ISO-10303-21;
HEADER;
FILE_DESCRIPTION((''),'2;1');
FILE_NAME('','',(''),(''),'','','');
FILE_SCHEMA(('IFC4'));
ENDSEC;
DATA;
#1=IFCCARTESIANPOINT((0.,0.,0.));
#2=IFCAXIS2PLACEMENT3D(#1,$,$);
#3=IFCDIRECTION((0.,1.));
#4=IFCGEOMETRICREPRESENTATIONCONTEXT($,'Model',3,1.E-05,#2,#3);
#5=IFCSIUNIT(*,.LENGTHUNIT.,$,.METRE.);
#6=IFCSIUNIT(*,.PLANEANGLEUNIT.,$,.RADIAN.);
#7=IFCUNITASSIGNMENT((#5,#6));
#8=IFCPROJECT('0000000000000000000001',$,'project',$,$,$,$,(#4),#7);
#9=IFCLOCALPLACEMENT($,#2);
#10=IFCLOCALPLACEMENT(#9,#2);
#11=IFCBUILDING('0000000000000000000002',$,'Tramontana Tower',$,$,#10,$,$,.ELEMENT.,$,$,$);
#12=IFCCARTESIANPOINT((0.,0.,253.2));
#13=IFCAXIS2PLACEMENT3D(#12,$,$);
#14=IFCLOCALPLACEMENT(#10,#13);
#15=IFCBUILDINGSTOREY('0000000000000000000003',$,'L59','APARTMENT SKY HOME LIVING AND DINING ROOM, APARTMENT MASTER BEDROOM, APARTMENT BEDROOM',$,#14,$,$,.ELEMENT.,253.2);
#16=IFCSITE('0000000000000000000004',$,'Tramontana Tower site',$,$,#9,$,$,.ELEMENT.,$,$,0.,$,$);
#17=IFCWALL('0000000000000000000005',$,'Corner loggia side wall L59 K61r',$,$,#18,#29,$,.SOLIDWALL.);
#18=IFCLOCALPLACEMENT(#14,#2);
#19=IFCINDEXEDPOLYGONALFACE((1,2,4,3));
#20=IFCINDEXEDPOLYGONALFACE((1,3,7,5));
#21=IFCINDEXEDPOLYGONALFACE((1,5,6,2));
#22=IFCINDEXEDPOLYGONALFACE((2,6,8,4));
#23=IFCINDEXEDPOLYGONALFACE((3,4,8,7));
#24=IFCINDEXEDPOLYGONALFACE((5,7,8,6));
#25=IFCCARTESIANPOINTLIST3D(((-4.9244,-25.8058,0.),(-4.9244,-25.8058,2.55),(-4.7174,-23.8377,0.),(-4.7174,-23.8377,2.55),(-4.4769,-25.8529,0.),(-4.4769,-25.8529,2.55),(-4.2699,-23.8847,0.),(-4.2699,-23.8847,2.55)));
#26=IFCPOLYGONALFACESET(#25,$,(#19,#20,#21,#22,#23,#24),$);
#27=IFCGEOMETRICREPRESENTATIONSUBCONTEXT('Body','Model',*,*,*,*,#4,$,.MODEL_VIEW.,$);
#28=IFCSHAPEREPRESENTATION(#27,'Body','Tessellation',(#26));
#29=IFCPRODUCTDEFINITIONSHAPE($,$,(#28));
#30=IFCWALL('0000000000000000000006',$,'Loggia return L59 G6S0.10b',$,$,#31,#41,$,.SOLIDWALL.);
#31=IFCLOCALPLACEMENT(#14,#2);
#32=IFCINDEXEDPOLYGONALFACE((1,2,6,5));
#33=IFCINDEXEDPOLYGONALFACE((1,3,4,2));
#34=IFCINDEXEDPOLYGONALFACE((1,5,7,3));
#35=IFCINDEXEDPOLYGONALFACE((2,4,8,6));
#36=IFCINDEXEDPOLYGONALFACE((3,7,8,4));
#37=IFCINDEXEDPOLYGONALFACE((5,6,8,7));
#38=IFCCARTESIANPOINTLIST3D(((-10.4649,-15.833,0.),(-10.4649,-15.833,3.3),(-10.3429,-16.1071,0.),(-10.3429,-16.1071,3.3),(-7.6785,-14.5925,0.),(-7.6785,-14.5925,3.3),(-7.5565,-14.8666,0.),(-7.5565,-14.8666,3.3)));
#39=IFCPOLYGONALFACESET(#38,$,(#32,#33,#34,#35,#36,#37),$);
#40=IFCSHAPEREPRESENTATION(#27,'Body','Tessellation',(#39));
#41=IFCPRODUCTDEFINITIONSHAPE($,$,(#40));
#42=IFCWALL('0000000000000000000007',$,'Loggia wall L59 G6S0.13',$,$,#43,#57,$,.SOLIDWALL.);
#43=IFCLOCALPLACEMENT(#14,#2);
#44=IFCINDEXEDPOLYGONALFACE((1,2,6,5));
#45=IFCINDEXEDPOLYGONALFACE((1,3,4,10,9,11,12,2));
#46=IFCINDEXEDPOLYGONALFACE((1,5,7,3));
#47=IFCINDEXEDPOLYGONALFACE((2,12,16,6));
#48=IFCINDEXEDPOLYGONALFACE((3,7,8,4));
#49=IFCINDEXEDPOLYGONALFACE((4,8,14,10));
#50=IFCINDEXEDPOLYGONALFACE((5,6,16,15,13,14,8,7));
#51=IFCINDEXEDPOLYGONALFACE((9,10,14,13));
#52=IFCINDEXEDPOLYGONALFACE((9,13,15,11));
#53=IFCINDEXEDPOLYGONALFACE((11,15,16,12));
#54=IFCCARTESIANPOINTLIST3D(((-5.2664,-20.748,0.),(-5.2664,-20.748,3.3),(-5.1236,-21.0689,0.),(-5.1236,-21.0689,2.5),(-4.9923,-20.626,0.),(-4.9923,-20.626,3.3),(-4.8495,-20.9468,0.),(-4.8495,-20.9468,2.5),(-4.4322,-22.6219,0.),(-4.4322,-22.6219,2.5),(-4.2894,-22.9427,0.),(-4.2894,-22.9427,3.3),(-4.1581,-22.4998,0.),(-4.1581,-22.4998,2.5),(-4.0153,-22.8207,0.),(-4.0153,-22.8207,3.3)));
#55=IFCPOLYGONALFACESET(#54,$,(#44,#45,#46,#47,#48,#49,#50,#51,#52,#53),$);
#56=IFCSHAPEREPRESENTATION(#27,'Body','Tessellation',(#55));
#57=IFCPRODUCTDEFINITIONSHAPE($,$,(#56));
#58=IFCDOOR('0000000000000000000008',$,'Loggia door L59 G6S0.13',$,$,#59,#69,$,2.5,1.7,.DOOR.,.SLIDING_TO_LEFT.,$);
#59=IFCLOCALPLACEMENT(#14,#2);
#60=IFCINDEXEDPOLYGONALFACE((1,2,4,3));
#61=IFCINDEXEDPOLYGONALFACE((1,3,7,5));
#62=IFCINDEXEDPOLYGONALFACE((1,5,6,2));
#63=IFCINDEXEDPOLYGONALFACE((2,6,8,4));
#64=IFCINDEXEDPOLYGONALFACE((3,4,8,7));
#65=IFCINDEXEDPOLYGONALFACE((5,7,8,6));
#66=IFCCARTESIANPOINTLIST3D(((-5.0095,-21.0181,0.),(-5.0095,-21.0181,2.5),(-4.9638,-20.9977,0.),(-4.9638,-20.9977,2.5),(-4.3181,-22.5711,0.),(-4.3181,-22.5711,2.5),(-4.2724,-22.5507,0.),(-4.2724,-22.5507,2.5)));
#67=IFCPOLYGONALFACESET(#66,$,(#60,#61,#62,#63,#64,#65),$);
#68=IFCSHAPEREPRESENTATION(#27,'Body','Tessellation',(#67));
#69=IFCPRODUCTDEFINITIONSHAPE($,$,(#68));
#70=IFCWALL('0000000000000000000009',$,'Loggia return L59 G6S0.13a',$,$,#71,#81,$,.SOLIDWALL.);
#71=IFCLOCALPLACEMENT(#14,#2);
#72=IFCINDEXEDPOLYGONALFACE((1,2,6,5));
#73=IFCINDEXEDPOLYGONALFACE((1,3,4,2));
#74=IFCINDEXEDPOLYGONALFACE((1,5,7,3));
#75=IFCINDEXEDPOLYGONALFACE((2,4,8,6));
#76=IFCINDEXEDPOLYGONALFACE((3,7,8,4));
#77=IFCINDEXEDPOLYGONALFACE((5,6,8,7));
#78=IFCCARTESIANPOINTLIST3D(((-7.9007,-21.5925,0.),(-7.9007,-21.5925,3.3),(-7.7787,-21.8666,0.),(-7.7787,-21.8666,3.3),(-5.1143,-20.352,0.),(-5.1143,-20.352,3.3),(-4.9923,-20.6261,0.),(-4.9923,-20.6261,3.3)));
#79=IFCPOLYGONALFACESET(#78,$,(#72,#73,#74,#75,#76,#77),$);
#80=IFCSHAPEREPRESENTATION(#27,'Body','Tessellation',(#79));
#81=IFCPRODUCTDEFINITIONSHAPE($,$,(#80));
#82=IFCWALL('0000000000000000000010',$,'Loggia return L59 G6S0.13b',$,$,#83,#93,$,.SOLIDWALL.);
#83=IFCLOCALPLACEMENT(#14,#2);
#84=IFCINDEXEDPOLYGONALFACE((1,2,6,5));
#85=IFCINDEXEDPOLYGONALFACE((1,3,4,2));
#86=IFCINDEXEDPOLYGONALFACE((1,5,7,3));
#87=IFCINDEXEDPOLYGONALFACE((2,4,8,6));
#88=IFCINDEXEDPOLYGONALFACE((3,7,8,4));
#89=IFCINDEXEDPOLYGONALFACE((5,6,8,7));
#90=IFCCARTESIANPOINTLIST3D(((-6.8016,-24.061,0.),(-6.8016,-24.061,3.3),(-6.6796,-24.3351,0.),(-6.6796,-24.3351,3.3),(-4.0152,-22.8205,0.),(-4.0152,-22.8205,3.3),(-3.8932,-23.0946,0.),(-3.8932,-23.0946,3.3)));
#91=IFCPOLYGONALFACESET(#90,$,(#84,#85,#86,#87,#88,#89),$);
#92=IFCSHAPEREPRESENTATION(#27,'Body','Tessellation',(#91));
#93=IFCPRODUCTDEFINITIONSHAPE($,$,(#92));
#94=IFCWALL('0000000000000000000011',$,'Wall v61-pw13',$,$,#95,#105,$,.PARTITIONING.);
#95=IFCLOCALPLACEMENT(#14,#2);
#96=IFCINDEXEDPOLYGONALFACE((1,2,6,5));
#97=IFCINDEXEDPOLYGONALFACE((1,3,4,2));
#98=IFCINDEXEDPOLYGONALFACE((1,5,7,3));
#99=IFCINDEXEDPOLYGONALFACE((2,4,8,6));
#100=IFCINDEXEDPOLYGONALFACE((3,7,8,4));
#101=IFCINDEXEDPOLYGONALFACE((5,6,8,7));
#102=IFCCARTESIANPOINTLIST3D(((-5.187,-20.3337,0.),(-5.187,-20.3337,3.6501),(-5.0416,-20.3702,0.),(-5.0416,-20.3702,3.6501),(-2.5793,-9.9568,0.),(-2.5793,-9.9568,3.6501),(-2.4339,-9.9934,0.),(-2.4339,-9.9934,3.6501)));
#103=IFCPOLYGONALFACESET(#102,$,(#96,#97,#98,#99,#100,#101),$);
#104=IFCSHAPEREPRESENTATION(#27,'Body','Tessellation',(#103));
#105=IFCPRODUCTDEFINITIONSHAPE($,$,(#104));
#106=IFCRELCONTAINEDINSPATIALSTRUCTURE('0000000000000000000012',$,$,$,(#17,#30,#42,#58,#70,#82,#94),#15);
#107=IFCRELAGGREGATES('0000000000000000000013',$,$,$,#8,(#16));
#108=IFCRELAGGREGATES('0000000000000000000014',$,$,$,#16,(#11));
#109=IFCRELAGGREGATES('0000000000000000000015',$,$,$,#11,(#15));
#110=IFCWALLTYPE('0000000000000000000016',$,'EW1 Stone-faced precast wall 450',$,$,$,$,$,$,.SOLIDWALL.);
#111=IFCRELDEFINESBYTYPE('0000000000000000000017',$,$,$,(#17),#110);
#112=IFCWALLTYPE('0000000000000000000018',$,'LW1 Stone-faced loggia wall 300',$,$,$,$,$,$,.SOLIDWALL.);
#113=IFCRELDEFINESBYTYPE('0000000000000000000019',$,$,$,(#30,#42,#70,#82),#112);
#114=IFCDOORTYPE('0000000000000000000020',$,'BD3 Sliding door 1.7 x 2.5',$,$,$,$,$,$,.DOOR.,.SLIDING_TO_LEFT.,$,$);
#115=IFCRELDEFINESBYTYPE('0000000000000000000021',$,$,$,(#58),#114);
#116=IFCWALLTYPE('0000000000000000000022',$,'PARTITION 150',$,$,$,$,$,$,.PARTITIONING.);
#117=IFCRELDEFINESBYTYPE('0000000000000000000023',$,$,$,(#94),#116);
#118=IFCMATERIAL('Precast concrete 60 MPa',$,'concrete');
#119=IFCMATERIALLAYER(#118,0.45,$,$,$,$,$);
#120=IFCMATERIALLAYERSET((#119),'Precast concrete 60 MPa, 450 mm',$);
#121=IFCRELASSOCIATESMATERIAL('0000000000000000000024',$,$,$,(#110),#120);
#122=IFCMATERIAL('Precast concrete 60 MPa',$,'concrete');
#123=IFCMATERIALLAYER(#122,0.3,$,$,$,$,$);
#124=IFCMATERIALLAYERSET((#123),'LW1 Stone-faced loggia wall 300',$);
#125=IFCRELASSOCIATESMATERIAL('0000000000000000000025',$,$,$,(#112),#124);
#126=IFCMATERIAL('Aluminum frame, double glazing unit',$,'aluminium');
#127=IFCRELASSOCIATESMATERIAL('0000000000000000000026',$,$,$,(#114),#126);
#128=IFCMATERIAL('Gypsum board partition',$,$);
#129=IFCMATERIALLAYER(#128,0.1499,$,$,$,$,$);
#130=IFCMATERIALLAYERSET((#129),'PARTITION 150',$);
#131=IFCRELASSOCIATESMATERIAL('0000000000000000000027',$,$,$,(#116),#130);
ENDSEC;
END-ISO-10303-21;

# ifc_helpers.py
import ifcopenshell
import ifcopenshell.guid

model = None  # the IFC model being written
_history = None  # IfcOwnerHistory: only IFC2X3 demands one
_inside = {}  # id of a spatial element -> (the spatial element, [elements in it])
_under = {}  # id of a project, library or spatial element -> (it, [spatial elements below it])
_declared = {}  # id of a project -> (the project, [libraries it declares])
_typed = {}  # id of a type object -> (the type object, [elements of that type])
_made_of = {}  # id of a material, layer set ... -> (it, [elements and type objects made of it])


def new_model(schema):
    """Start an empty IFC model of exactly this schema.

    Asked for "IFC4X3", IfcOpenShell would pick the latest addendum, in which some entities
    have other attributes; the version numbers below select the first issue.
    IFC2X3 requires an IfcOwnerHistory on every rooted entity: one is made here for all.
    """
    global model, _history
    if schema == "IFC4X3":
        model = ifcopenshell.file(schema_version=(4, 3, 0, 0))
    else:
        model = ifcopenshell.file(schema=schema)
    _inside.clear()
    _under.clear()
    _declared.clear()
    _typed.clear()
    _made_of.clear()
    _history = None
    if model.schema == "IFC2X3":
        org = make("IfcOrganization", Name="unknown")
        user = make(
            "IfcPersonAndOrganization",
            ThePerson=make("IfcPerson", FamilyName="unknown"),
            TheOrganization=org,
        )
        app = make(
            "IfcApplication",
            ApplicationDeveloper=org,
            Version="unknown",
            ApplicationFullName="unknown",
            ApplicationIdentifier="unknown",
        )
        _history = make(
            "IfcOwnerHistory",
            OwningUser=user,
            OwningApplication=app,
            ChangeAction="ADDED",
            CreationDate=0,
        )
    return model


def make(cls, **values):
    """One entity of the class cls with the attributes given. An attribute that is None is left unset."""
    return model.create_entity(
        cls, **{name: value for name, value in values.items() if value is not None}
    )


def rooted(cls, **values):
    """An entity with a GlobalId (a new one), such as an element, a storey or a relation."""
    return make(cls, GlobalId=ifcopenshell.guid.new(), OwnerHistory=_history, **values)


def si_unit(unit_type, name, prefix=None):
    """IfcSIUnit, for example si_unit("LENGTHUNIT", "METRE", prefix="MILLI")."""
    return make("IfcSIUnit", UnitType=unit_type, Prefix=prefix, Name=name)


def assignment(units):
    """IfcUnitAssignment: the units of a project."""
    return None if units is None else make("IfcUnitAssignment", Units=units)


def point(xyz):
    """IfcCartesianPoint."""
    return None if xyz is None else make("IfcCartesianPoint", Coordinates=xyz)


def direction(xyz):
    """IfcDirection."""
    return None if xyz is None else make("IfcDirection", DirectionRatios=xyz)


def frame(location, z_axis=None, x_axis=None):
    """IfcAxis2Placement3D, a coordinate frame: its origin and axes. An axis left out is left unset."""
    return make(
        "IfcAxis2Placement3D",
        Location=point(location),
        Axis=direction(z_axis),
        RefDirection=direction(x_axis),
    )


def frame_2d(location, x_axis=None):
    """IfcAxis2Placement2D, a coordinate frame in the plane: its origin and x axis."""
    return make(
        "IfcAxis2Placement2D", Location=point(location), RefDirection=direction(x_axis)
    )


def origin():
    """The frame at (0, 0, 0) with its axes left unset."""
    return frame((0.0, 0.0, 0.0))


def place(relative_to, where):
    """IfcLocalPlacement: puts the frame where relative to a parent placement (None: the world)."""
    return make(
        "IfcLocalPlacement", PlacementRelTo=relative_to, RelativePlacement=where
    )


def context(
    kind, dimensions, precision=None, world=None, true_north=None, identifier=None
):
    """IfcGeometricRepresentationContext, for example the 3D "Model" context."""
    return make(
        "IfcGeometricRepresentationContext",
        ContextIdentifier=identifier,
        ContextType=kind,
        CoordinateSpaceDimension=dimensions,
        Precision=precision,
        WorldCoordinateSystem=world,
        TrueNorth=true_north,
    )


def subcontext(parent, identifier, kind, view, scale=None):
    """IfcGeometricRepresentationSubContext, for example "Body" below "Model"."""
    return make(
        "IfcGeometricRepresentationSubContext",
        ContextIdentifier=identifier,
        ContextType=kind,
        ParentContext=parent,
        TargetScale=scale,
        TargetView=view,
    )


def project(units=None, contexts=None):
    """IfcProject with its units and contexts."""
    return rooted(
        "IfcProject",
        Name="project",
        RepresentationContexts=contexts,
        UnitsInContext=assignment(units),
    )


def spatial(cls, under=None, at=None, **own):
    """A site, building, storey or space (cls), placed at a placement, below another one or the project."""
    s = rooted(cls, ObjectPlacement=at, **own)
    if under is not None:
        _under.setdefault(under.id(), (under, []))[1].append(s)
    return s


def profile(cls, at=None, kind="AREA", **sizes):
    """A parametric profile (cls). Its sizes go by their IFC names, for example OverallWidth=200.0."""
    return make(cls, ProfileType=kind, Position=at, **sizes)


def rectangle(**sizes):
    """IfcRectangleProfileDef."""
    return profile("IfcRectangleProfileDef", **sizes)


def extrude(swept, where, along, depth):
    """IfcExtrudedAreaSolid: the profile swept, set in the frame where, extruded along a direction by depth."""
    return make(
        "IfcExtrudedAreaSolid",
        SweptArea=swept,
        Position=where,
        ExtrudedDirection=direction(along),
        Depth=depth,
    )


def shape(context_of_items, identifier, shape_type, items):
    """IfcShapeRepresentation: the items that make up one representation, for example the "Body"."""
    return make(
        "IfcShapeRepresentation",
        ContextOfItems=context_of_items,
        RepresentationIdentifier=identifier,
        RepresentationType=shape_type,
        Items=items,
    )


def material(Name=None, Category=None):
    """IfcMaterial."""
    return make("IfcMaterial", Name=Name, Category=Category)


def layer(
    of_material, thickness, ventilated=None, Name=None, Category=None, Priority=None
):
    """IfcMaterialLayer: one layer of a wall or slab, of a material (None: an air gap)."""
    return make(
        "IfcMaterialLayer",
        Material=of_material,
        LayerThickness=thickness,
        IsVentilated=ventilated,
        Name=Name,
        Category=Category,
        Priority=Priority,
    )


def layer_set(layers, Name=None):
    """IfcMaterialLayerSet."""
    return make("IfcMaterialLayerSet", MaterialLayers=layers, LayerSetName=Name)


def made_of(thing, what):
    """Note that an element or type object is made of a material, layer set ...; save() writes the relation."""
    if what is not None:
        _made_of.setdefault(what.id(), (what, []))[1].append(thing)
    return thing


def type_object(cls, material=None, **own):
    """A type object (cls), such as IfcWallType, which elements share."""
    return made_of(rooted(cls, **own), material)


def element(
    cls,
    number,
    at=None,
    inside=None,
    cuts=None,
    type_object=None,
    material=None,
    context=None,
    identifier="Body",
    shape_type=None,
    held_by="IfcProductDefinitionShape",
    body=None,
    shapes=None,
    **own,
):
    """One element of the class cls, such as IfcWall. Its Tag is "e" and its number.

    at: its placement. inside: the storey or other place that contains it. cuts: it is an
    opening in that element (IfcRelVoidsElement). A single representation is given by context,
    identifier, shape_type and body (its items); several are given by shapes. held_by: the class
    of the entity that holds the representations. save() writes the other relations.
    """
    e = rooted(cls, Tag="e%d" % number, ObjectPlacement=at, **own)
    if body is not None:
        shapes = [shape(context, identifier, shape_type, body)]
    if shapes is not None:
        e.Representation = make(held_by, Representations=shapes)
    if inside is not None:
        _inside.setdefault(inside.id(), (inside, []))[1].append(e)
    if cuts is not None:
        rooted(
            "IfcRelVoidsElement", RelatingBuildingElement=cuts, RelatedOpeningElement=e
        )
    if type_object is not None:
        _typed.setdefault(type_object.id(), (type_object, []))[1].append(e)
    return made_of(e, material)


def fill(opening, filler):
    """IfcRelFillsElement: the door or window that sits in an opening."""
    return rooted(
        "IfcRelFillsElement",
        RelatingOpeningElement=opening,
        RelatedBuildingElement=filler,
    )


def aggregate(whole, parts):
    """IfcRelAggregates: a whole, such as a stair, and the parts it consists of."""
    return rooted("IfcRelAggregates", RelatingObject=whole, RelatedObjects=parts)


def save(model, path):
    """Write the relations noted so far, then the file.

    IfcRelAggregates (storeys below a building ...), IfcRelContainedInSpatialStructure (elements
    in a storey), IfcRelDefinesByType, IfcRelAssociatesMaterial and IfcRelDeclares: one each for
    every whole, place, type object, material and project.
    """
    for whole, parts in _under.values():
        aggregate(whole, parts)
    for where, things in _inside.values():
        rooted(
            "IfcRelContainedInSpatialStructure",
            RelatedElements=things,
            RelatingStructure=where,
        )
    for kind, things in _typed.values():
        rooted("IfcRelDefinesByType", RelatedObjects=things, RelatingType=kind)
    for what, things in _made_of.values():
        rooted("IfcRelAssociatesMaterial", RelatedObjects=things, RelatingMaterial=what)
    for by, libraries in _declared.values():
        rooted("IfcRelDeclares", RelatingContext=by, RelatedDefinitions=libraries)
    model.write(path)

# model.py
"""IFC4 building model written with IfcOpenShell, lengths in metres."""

from ifc_helpers import new_model, si_unit, direction, frame, frame_2d, origin, place, context, subcontext, project, spatial, rectangle, extrude, material, layer, layer_set, type_object, element, fill, save


model = new_model("IFC4")

# Units and contexts
model_context = context("Model", 3, precision=1e-05, world=origin(), true_north=direction((0.0, 1.0)))
body_context = subcontext(model_context, "Body", "Model", "MODEL_VIEW")
ifc_project = project(units=[si_unit("LENGTHUNIT", "METRE"), si_unit("PLANEANGLEUNIT", "RADIAN")], contexts=[model_context])

# Site, building, storey
site_placement = place(None, origin())
site = spatial("IfcSite", under=ifc_project, at=site_placement, Name="Tramontana Tower site", CompositionType="ELEMENT", RefElevation=0.0)
building_placement = place(site_placement, origin())
building = spatial("IfcBuilding", under=site, at=building_placement, Name="Tramontana Tower", CompositionType="ELEMENT")
storey_placement = place(building_placement, frame((0.0, 0.0, 253.2)))
storey = spatial("IfcBuildingStorey", under=building, at=storey_placement, Name="L59", Description="APARTMENT SKY HOME LIVING AND DINING ROOM, APARTMENT MASTER BEDROOM, APARTMENT BEDROOM", CompositionType="ELEMENT", Elevation=253.2)

# Shared definitions
ifc_material_1 = material(Name="Precast concrete 60 MPa", Category="concrete")
ifc_layer_1 = layer(ifc_material_1, 0.45)
ifc_layer_set_1 = layer_set([ifc_layer_1], Name="Precast concrete 60 MPa, 450 mm")
wall_type_1 = type_object("IfcWallType", Name="EW1 Stone-faced precast wall 450", PredefinedType="SOLIDWALL", material=ifc_layer_set_1)

# Wall
for number, where, z_axis, x_axis, name in (
    (1, (-4.7007, -25.8293, 0.0), (0.0, 0.0, 1.0), (0.104608, 0.994514, 0.0), "Corner loggia side wall L59 K61r"),
):
    element("IfcWall", number, at=place(storey_placement, frame(where, z_axis=z_axis, x_axis=x_axis)), inside=storey, type_object=wall_type_1, Name=name, PredefinedType="SOLIDWALL", context=body_context, shape_type="SweptSolid", body=[
        extrude(rectangle(XDim=1.979, YDim=0.45, at=frame_2d((0.9895, 0.0))), origin(), (0.0, 0.0, 1.0), 2.55),
    ])

# Wall
ifc_material_2 = material(Name="Precast concrete 60 MPa", Category="concrete")
ifc_layer_2 = layer(ifc_material_2, 0.3)
ifc_layer_set_2 = layer_set([ifc_layer_2], Name="LW1 Stone-faced loggia wall 300")
wall_type_2 = type_object("IfcWallType", Name="LW1 Stone-faced loggia wall 300", PredefinedType="SOLIDWALL", material=ifc_layer_set_2)
wall_1_placement = place(storey_placement, frame((-10.4038, -15.97, 0.0), z_axis=(0.0, 0.0, 1.0), x_axis=(0.913557, 0.40671, 0.0)))
element("IfcWall", 2, at=wall_1_placement, inside=storey, type_object=wall_type_2, Name="Loggia return L59 G6S0.10b", PredefinedType="SOLIDWALL", context=body_context, shape_type="SweptSolid", body=[
    extrude(rectangle(XDim=3.05, YDim=0.3, at=frame_2d((1.5249, 0.0))), origin(), (0.0, 0.0, 1.0), 3.3),
])

# Wall, opening, door
wall_2_placement = place(storey_placement, frame((-5.1294, -20.687, 0.0), z_axis=(0.0, 0.0, 1.0), x_axis=(0.406723, -0.913552, 0.0)))
wall_2 = element("IfcWall", 3, at=wall_2_placement, inside=storey, type_object=wall_type_2, Name="Loggia wall L59 G6S0.13", PredefinedType="SOLIDWALL", context=body_context, shape_type="SweptSolid", body=[
    extrude(rectangle(XDim=2.4023, YDim=0.3, at=frame_2d((1.2012, 0.0))), origin(), (0.0, 0.0, 1.0), 3.3),
])
opening_1_placement = place(wall_2_placement, frame((0.3511, 0.0, 0.0)))
opening_1 = element("IfcOpeningElement", 4, at=opening_1_placement, cuts=wall_2, PredefinedType="OPENING", context=body_context, shape_type="SweptSolid", body=[
    extrude(rectangle(XDim=1.7, YDim=2.5, at=frame_2d((0.8501, 1.25))), frame((0.0, 0.1599, 0.0), z_axis=(0.0, -1.0, 0.0), x_axis=(1.0, 0.0, 0.0)), (0.0, 0.0, 1.0), 0.3201),
])
ifc_material_3 = material(Name="Aluminum frame, double glazing unit", Category="aluminium")
door_type_1 = type_object("IfcDoorType", Name="BD3 Sliding door 1.7 x 2.5", OperationType="SLIDING_TO_LEFT", PredefinedType="DOOR", material=ifc_material_3)
door_1_placement = place(opening_1_placement, origin())
door_1 = element("IfcDoor", 5, at=door_1_placement, inside=storey, type_object=door_type_1, Name="Loggia door L59 G6S0.13", OperationType="SLIDING_TO_LEFT", OverallHeight=2.5, OverallWidth=1.7, PredefinedType="DOOR", context=body_context, shape_type="SweptSolid", body=[
    extrude(rectangle(XDim=1.7, YDim=2.5, at=frame_2d((0.8501, 1.25))), frame((0.0, 0.0249, 0.0), z_axis=(0.0, -1.0, 0.0), x_axis=(1.0, 0.0, 0.0)), (0.0, 0.0, 1.0), 0.05),
])
fill(opening_1, door_1)

# Walls
for number, where, z_axis, x_axis, name in (
    (6, (-7.8396, -21.7295, 0.0), (0.0, 0.0, 1.0), (0.913557, 0.40671, 0.0), "Loggia return L59 G6S0.13a"),
    (7, (-6.7405, -24.198, 0.0), (0.0, 0.0, 1.0), (0.913557, 0.40671, 0.0), "Loggia return L59 G6S0.13b"),
):
    element("IfcWall", number, at=place(storey_placement, frame(where, z_axis=z_axis, x_axis=x_axis)), inside=storey, type_object=wall_type_2, Name=name, PredefinedType="SOLIDWALL", context=body_context, shape_type="SweptSolid", body=[
        extrude(rectangle(XDim=3.05, YDim=0.3, at=frame_2d((1.5249, 0.0))), origin(), (0.0, 0.0, 1.0), 3.3),
    ])
ifc_material_4 = material(Name="Gypsum board partition")
ifc_layer_3 = layer(ifc_material_4, 0.1499)
ifc_layer_set_3 = layer_set([ifc_layer_3], Name="PARTITION 150")
wall_type_3 = type_object("IfcWallType", Name="PARTITION 150", PredefinedType="PARTITIONING", material=ifc_layer_set_3)
wall_3_placement = place(storey_placement, frame((-5.1143, -20.3518, 0.0), z_axis=(0.0, 0.0, 1.0), x_axis=(0.243722, 0.969845, 0.0)))
element("IfcWall", 8, at=wall_3_placement, inside=storey, type_object=wall_type_3, Name="Wall v61-pw13", PredefinedType="PARTITIONING", context=body_context, shape_type="SweptSolid", body=[
    extrude(rectangle(XDim=10.6995, YDim=0.1499, at=frame_2d((5.3496, 0.0))), origin(), (0.0, 0.0, 1.0), 3.6501),
])

save(model, "model.ifc")
